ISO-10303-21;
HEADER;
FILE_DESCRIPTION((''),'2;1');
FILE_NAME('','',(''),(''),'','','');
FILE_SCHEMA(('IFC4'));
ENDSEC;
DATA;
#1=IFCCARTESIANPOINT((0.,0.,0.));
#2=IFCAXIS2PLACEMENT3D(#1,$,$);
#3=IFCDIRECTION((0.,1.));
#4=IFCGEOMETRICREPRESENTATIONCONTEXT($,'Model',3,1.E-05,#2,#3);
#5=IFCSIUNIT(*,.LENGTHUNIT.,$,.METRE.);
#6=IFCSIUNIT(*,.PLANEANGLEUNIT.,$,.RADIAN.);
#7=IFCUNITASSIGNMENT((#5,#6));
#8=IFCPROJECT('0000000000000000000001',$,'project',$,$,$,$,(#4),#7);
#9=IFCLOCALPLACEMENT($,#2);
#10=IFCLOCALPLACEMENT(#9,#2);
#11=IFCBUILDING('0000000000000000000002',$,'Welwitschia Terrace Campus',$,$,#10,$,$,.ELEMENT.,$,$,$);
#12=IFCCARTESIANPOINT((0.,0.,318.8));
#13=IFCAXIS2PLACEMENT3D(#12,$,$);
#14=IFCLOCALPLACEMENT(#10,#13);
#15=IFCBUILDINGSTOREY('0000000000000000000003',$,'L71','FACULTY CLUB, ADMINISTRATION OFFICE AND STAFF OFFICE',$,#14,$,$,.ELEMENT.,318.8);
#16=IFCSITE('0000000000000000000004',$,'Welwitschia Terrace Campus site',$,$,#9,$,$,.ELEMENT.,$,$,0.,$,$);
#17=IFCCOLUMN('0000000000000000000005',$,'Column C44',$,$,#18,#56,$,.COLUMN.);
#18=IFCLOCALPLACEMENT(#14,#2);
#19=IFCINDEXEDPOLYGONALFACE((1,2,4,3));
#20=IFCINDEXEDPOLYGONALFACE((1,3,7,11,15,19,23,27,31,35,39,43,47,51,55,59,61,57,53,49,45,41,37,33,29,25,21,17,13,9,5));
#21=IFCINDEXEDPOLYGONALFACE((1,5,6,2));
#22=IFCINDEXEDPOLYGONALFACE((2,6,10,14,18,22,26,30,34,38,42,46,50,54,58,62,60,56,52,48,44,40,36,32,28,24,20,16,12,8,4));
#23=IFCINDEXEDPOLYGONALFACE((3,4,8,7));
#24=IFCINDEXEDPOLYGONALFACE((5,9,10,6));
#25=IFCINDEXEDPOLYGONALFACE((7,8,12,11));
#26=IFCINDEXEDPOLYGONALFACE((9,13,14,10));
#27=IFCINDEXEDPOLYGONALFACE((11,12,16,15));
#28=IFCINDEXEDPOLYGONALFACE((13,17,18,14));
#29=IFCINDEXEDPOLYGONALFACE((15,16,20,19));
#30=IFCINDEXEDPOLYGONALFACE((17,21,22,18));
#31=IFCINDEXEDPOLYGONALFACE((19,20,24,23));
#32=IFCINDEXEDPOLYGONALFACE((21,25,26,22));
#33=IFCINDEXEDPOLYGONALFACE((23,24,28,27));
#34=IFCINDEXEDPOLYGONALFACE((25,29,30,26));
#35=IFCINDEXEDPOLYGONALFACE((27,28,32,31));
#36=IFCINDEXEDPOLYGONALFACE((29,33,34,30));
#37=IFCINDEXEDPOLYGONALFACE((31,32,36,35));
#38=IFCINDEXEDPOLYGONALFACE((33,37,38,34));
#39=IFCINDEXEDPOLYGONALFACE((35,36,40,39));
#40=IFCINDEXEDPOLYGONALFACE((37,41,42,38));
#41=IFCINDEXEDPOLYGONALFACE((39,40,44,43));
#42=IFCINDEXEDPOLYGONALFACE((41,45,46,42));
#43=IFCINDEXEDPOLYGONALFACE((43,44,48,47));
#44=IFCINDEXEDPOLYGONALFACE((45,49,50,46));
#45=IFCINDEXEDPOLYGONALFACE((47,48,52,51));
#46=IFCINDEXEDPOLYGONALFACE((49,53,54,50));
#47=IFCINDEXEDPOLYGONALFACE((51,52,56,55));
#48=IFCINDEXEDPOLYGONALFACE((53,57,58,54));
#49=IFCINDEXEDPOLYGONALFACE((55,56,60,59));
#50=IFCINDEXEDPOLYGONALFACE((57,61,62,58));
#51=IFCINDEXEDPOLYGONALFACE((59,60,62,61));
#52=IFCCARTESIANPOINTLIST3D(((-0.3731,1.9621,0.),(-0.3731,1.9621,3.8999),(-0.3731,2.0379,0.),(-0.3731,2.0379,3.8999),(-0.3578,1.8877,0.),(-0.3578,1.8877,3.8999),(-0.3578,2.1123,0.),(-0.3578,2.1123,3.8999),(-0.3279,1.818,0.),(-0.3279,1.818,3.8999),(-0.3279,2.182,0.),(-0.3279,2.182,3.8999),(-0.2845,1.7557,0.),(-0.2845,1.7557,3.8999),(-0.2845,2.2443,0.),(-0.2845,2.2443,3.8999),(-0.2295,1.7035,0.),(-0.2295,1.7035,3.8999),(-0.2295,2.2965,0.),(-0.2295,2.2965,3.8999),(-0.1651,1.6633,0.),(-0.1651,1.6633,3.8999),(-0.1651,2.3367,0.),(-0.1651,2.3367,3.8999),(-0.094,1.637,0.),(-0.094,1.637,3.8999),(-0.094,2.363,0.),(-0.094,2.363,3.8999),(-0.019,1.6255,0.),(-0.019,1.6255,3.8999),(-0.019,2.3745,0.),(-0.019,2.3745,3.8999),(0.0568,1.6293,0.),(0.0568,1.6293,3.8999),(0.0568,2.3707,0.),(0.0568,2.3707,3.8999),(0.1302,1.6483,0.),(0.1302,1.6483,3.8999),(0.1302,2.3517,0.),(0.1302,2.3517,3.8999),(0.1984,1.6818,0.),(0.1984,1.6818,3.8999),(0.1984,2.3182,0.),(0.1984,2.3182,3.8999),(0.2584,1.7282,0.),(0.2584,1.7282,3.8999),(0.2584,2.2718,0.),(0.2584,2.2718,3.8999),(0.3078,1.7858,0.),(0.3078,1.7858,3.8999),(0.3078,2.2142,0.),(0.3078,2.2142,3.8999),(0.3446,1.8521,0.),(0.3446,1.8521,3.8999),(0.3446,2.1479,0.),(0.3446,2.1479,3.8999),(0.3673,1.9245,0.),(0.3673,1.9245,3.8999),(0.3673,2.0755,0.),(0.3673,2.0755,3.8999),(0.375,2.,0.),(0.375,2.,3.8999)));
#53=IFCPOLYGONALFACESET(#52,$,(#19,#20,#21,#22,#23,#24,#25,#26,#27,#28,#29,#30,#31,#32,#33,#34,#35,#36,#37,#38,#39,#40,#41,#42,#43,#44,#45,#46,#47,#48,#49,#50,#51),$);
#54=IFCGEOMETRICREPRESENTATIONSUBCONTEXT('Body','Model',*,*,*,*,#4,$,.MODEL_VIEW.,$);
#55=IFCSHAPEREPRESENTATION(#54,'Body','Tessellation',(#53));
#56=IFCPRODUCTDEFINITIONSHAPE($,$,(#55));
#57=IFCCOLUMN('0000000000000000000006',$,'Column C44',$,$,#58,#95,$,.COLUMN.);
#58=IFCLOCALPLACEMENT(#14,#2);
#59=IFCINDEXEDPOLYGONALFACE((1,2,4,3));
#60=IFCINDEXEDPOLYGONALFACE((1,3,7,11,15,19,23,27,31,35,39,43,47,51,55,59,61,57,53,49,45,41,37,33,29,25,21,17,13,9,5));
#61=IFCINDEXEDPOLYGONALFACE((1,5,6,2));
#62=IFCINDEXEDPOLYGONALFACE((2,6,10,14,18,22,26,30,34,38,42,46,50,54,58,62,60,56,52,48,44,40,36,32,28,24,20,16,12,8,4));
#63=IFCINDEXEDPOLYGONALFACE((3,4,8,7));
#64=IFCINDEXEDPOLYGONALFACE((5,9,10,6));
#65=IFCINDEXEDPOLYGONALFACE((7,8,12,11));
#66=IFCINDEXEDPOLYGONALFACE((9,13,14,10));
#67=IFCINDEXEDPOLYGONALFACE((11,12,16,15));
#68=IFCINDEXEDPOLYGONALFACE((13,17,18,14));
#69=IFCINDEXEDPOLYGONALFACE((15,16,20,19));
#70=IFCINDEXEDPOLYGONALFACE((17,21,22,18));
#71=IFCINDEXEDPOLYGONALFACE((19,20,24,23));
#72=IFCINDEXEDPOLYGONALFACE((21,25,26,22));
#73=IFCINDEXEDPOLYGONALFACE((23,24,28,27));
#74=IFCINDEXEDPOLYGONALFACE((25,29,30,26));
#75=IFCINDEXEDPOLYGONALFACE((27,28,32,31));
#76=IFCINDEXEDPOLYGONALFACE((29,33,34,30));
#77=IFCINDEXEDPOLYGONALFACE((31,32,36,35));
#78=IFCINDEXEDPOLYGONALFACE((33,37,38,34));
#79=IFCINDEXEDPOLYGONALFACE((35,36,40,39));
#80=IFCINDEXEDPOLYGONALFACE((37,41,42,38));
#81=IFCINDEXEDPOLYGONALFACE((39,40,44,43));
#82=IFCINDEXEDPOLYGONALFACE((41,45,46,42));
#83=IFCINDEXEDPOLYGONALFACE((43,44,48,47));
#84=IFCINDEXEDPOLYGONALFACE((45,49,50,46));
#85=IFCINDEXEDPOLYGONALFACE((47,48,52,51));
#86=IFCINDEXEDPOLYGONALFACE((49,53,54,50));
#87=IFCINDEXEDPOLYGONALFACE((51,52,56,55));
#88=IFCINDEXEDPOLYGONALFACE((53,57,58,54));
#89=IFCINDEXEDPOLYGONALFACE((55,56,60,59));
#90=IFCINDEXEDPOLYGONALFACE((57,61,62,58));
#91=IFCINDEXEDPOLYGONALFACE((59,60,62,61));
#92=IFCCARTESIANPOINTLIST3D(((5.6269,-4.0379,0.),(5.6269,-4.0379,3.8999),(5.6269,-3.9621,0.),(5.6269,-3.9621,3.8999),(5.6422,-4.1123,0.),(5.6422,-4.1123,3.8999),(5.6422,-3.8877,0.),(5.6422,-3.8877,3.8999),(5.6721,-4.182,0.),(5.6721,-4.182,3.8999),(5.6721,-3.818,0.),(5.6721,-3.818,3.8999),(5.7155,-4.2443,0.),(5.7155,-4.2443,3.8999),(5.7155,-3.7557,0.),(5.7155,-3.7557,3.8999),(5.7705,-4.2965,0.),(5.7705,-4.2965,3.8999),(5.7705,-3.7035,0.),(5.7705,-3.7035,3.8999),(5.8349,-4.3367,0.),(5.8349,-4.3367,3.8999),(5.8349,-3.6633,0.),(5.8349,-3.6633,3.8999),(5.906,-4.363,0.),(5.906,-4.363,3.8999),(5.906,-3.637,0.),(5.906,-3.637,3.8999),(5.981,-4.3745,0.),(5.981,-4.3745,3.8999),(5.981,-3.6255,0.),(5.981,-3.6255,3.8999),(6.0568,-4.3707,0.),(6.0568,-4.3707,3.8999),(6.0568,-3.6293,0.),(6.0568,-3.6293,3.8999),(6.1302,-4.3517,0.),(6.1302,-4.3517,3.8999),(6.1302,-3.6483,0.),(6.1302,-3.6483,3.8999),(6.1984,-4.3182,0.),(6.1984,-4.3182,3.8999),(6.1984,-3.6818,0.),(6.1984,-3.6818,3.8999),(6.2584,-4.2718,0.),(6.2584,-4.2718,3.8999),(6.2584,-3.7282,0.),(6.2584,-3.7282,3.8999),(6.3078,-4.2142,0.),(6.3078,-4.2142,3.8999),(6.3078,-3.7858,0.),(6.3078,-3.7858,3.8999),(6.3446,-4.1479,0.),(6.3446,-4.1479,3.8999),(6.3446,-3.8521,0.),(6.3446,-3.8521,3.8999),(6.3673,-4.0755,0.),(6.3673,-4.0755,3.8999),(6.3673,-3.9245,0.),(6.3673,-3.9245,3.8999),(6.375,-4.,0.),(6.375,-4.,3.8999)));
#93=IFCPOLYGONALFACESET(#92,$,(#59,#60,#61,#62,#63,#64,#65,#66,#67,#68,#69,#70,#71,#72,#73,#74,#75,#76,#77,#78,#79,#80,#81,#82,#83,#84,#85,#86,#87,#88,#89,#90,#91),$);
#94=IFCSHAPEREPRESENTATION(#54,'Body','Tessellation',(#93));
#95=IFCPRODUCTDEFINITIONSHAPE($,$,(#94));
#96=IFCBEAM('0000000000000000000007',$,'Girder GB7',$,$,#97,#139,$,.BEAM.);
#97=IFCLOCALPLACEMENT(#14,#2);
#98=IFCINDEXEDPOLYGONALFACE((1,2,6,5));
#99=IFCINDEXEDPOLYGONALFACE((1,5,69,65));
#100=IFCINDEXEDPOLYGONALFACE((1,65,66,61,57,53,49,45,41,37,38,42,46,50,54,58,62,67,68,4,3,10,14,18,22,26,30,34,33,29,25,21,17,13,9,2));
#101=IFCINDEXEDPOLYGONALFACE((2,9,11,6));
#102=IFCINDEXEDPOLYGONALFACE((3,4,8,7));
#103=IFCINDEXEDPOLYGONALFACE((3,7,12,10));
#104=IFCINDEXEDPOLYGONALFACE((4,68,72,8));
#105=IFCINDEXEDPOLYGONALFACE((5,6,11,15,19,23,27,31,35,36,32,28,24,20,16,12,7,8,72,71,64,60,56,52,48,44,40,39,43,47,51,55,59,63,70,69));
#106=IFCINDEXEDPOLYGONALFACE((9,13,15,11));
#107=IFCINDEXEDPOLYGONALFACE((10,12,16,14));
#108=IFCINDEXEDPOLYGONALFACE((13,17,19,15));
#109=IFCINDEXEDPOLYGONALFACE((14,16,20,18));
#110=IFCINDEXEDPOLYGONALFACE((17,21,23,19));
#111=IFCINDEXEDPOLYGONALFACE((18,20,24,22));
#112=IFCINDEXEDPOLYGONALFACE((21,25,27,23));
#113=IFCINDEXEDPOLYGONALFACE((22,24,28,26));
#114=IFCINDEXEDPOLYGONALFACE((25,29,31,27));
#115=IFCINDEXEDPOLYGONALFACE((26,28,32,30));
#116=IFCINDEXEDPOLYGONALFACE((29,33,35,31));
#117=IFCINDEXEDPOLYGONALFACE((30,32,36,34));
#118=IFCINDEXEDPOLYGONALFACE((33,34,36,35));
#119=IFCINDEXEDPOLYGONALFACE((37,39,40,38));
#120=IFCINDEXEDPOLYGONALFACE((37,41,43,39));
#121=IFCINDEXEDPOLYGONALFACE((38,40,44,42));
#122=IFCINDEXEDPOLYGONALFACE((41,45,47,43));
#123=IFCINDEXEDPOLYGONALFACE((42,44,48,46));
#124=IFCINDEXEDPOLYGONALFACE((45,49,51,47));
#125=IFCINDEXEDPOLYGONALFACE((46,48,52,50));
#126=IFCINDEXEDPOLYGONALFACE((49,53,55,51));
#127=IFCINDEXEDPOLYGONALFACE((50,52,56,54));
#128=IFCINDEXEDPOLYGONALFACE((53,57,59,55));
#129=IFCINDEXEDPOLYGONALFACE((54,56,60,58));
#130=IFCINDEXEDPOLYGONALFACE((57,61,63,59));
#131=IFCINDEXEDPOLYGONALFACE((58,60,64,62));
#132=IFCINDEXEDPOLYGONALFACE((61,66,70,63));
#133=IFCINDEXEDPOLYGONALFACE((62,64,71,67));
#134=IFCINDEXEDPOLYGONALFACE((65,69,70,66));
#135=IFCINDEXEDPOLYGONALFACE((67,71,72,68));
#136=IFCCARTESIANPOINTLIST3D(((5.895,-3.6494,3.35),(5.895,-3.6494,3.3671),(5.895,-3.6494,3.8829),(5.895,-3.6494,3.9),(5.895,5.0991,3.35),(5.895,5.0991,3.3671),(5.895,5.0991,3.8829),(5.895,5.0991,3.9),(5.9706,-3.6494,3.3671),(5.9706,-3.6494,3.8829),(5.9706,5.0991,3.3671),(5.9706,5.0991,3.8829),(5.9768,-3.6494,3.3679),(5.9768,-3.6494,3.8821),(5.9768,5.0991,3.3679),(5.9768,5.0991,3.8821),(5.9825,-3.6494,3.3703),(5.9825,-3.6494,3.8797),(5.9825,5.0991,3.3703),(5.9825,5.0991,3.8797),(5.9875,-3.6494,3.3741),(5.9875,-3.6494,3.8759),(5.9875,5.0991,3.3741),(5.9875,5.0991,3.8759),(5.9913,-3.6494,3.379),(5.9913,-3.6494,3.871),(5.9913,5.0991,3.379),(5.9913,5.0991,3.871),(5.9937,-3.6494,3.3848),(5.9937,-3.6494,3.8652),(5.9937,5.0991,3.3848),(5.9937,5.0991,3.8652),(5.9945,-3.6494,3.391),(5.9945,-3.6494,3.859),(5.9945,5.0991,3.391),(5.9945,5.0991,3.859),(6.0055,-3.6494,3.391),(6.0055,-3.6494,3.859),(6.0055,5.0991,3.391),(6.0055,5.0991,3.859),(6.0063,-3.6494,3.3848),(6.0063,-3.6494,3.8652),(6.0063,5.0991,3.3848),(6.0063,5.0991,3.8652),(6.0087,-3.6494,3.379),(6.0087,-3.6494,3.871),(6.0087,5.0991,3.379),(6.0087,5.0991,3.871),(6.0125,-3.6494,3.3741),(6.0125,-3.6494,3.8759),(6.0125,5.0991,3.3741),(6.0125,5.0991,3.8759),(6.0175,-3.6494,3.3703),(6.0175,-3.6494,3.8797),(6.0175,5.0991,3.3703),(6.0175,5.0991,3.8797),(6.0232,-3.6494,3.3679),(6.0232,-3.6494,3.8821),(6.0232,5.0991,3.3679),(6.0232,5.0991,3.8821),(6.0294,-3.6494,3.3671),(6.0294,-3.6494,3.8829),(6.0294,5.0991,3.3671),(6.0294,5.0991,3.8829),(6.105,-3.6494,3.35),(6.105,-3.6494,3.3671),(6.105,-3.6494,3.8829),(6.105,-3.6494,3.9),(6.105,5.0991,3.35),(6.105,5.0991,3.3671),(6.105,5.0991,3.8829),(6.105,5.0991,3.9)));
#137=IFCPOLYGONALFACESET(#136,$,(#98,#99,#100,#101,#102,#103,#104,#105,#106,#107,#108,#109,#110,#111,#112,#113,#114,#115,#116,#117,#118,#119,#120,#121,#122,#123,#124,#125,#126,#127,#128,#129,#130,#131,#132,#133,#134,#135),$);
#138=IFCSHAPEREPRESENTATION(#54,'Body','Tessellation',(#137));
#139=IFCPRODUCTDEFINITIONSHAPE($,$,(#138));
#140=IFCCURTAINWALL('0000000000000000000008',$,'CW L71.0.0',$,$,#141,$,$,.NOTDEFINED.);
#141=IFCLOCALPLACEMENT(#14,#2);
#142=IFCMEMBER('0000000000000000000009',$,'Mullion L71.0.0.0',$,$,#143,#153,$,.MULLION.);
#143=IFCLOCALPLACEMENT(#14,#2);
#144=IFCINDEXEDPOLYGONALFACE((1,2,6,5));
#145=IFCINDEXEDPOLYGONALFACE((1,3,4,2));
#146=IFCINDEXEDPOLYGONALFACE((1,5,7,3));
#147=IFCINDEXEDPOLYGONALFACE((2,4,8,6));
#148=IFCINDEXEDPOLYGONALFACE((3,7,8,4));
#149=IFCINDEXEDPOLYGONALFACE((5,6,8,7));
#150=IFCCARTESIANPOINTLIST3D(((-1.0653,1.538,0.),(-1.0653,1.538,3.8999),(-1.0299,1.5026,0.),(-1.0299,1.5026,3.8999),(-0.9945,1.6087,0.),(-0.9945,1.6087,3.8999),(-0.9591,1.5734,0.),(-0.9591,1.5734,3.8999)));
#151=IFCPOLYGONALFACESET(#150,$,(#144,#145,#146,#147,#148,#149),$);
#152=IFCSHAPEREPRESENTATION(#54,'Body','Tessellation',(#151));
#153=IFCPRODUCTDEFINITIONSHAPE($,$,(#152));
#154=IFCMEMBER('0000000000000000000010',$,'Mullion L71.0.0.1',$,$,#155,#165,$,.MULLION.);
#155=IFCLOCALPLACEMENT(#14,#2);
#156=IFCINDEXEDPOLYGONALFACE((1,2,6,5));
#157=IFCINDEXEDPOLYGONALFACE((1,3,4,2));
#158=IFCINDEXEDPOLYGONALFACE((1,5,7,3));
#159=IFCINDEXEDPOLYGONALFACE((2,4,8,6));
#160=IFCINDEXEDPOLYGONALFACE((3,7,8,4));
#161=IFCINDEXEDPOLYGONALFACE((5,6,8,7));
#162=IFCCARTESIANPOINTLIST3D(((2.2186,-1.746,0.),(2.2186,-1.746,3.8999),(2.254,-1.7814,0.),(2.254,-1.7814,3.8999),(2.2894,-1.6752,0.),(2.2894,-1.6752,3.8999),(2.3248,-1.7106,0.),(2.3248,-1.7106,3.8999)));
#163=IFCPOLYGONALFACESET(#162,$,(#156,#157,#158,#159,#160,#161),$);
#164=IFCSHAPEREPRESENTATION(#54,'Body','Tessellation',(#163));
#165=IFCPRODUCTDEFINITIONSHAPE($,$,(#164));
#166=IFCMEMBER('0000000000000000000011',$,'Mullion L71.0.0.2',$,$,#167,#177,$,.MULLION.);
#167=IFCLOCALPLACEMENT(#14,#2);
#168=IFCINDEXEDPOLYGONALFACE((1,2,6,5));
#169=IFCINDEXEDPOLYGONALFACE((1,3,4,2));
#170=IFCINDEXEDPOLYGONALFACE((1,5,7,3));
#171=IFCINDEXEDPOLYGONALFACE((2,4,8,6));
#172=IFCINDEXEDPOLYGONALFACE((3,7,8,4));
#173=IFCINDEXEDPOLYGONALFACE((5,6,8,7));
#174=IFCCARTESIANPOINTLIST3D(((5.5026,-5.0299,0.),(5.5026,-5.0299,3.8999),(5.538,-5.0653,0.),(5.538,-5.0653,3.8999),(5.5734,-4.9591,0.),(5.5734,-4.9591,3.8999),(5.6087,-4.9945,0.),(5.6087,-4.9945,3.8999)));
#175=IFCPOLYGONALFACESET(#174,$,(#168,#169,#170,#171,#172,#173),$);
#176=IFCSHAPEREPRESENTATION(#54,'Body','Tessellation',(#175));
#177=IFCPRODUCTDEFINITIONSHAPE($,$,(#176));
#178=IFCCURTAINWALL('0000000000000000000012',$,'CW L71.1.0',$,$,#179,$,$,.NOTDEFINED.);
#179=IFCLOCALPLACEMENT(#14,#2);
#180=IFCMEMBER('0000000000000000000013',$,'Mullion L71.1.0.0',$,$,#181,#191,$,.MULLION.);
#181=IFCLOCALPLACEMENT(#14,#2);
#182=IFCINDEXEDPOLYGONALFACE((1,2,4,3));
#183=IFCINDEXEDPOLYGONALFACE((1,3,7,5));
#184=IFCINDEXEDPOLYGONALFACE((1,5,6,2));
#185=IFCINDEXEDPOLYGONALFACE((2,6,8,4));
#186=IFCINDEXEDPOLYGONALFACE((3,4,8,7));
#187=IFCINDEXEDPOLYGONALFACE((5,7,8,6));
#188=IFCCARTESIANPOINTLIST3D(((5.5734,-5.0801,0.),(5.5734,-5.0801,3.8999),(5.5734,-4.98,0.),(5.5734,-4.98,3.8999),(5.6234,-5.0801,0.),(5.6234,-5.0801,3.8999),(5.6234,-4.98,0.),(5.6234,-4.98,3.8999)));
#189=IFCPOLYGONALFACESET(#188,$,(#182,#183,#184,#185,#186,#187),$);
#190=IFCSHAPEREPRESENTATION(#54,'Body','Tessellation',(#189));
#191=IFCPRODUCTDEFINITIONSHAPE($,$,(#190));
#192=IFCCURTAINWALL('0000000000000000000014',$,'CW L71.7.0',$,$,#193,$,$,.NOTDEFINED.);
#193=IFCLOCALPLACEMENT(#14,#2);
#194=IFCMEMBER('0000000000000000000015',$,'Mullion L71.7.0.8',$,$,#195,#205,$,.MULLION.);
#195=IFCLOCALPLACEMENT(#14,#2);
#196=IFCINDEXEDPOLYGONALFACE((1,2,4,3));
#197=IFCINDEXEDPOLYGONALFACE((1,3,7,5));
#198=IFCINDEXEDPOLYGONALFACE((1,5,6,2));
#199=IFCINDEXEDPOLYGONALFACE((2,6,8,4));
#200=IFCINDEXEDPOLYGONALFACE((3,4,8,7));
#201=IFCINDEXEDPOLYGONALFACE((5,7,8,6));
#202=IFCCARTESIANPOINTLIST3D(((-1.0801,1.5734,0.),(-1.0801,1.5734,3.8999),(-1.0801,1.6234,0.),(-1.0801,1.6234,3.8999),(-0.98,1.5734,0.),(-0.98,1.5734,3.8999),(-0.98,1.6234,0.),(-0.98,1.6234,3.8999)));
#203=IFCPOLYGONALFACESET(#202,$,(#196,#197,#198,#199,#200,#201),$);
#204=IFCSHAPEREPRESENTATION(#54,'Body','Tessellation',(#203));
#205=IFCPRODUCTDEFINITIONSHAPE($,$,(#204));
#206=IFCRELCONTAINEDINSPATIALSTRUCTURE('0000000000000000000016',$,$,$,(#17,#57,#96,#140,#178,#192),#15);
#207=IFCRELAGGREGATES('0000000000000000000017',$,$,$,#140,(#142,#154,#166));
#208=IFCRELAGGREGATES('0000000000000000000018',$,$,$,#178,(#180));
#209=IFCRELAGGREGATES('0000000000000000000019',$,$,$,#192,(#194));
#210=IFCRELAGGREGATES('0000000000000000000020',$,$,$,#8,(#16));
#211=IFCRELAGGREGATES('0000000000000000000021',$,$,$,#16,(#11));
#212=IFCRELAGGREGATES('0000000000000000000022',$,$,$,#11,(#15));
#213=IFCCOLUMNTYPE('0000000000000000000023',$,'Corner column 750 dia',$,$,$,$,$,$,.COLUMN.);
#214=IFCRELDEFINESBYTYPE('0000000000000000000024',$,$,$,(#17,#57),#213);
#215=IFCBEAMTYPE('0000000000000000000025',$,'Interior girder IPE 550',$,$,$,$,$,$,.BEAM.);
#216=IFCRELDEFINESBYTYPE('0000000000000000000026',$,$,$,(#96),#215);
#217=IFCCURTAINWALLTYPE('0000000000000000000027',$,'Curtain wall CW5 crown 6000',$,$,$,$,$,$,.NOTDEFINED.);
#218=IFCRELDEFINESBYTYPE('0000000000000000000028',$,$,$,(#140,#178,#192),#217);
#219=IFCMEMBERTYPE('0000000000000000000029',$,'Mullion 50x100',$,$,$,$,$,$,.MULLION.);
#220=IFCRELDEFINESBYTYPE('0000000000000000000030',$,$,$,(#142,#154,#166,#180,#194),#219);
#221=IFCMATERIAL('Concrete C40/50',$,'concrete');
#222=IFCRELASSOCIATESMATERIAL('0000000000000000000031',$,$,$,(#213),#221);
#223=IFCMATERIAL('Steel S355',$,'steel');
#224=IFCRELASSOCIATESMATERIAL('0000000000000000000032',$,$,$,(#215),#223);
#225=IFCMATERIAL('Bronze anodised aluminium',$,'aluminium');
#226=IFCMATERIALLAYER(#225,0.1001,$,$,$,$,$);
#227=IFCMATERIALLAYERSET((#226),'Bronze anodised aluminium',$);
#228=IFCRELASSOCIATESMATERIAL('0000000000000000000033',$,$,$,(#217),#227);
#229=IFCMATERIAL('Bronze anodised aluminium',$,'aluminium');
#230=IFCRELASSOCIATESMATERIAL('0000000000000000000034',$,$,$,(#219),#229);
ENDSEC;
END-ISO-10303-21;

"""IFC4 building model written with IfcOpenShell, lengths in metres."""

from ifc_helpers import new_model, si_unit, direction, frame, origin, origin_2d, place, context, subcontext, project, spatial, rectangle, circle, i_section, extrude, material, layer, layer_set, material_profile, profile_set, type_object, element, aggregate, save


model = new_model("IFC4")

# Units and contexts
model_context = context("Model", 3, precision=1e-05, world=origin(), true_north=direction((0.0, 1.0)))
body_context = subcontext(model_context, "Body", "Model", "MODEL_VIEW")
ifc_project = project(units=[si_unit("LENGTHUNIT", "METRE"), si_unit("PLANEANGLEUNIT", "RADIAN")], contexts=[model_context])

# Site, building, storey
site_placement = place(None, origin())
site = spatial("IfcSite", under=ifc_project, at=site_placement, Name="Welwitschia Terrace Campus site", CompositionType="ELEMENT", RefElevation=0.0)
building_placement = place(site_placement, origin())
building = spatial("IfcBuilding", under=site, at=building_placement, Name="Welwitschia Terrace Campus", CompositionType="ELEMENT")
storey_placement = place(building_placement, frame((0.0, 0.0, 318.8)))
storey = spatial("IfcBuildingStorey", under=building, at=storey_placement, Name="L71", Description="FACULTY CLUB, ADMINISTRATION OFFICE AND STAFF OFFICE", CompositionType="ELEMENT", Elevation=318.8)

# Columns
ifc_material_1 = material(Name="Concrete C40/50", Category="concrete")
ifc_material_profile_1 = material_profile(ifc_material_1, circle(Radius=0.375, at=origin_2d()))
ifc_profile_set_1 = profile_set([ifc_material_profile_1], Name="Concrete C40/50")
column_type = type_object("IfcColumnType", Name="Corner column 750 dia", PredefinedType="COLUMN", material=ifc_profile_set_1)
for number, where, z_axis, x_axis, name in (
    (1, (0.0, 2.0, 0.0), (0.0, 0.0, 1.0), (1.0, 0.0, 0.0), "Column C44"),
    (2, (6.0, -4.0, 0.0), (0.0, 0.0, 1.0), (1.0, 0.0, 0.0), "Column C44"),
):
    element("IfcColumn", number, at=place(storey_placement, frame(where, z_axis=z_axis, x_axis=x_axis)), inside=storey, type_object=column_type, Name=name, PredefinedType="COLUMN", context=body_context, shape_type="SweptSolid", body=[
        extrude(circle(Radius=0.375, at=origin_2d()), origin(), (0.0, 0.0, 1.0), 3.8999),
    ])

# Beam
ifc_material_2 = material(Name="Steel S355", Category="steel")
ifc_material_profile_2 = material_profile(ifc_material_2, i_section(OverallWidth=0.21, OverallDepth=0.55, WebThickness=0.011, FlangeThickness=0.0171, FilletRadius=0.0239, at=origin_2d()))
ifc_profile_set_2 = profile_set([ifc_material_profile_2], Name="Steel S355")
beam_type_1 = type_object("IfcBeamType", Name="Interior girder IPE 550", PredefinedType="BEAM", material=ifc_profile_set_2)
beam_1_placement = place(storey_placement, frame((6.0, -3.6494, 3.625), z_axis=(0.0, 1.0, 0.0), x_axis=(-1.0, 0.0, 0.0)))
element("IfcBeam", 3, at=beam_1_placement, inside=storey, type_object=beam_type_1, Name="Girder GB7", PredefinedType="BEAM", context=body_context, shape_type="SweptSolid", body=[
    extrude(i_section(OverallWidth=0.21, OverallDepth=0.55, WebThickness=0.011, FlangeThickness=0.0171, FilletRadius=0.0239, at=origin_2d()), origin(), (0.0, 0.0, 1.0), 8.7485),
])

# Curtain wall, members
ifc_material_3 = material(Name="Bronze anodised aluminium", Category="aluminium")
ifc_layer_1 = layer(ifc_material_3, 0.1001)
ifc_layer_set_1 = layer_set([ifc_layer_1], Name="Bronze anodised aluminium")
curtain_wall_type = type_object("IfcCurtainWallType", Name="Curtain wall CW5 crown 6000", PredefinedType="NOTDEFINED", material=ifc_layer_set_1)
curtain_wall_1_placement = place(storey_placement, origin())
curtain_wall_1 = element("IfcCurtainWall", 4, at=curtain_wall_1_placement, inside=storey, type_object=curtain_wall_type, Name="CW L71.0.0", PredefinedType="NOTDEFINED")
ifc_material_4 = material(Name="Bronze anodised aluminium", Category="aluminium")
ifc_material_profile_3 = material_profile(ifc_material_4, rectangle(XDim=0.1001, YDim=0.05, at=origin_2d()))
ifc_profile_set_3 = profile_set([ifc_material_profile_3], Name="Bronze anodised aluminium")
member_type_1 = type_object("IfcMemberType", Name="Mullion 50x100", PredefinedType="MULLION", material=ifc_profile_set_3)
member_1_placement = place(storey_placement, frame((-1.0122, 1.5557, 0.0), z_axis=(0.0, 0.0, 1.0), x_axis=(0.707107, 0.707107, 0.0)))
member_1 = element("IfcMember", 5, at=member_1_placement, type_object=member_type_1, Name="Mullion L71.0.0.0", PredefinedType="MULLION", context=body_context, shape_type="SweptSolid", body=[
    extrude(rectangle(XDim=0.1001, YDim=0.05, at=origin_2d()), origin(), (0.0, 0.0, 1.0), 3.8999),
])
member_2_placement = place(storey_placement, frame((2.2717, -1.7283, 0.0), z_axis=(0.0, 0.0, 1.0), x_axis=(0.707107, 0.707107, 0.0)))
member_2 = element("IfcMember", 6, at=member_2_placement, type_object=member_type_1, Name="Mullion L71.0.0.1", PredefinedType="MULLION", context=body_context, shape_type="SweptSolid", body=[
    extrude(rectangle(XDim=0.1001, YDim=0.05, at=origin_2d()), origin(), (0.0, 0.0, 1.0), 3.8999),
])
member_3_placement = place(storey_placement, frame((5.5557, -5.0122, 0.0), z_axis=(0.0, 0.0, 1.0), x_axis=(0.707107, 0.707107, 0.0)))
member_3 = element("IfcMember", 7, at=member_3_placement, type_object=member_type_1, Name="Mullion L71.0.0.2", PredefinedType="MULLION", context=body_context, shape_type="SweptSolid", body=[
    extrude(rectangle(XDim=0.1001, YDim=0.05, at=origin_2d()), origin(), (0.0, 0.0, 1.0), 3.8999),
])

# Curtain walls, members
curtain_wall_2_placement = place(storey_placement, origin())
curtain_wall_2 = element("IfcCurtainWall", 8, at=curtain_wall_2_placement, inside=storey, type_object=curtain_wall_type, Name="CW L71.1.0", PredefinedType="NOTDEFINED")
member_4_placement = place(storey_placement, frame((5.5984, -5.03, 0.0), z_axis=(0.0, 0.0, 1.0), x_axis=(0.0, 1.0, 0.0)))
member_4 = element("IfcMember", 9, at=member_4_placement, type_object=member_type_1, Name="Mullion L71.1.0.0", PredefinedType="MULLION", context=body_context, shape_type="SweptSolid", body=[
    extrude(rectangle(XDim=0.1001, YDim=0.05, at=origin_2d()), origin(), (0.0, 0.0, 1.0), 3.8999),
])
curtain_wall_3_placement = place(storey_placement, origin())
curtain_wall_3 = element("IfcCurtainWall", 10, at=curtain_wall_3_placement, inside=storey, type_object=curtain_wall_type, Name="CW L71.7.0", PredefinedType="NOTDEFINED")
member_5_placement = place(storey_placement, frame((-1.03, 1.5984, 0.0), z_axis=(0.0, 0.0, 1.0), x_axis=(1.0, 0.0, 0.0)))
member_5 = element("IfcMember", 11, at=member_5_placement, type_object=member_type_1, Name="Mullion L71.7.0.8", PredefinedType="MULLION", context=body_context, shape_type="SweptSolid", body=[
    extrude(rectangle(XDim=0.1001, YDim=0.05, at=origin_2d()), origin(), (0.0, 0.0, 1.0), 3.8999),
])

aggregate(curtain_wall_1, [member_1, member_2, member_3])
aggregate(curtain_wall_2, [member_4])
aggregate(curtain_wall_3, [member_5])

save(model, "model.ifc")
